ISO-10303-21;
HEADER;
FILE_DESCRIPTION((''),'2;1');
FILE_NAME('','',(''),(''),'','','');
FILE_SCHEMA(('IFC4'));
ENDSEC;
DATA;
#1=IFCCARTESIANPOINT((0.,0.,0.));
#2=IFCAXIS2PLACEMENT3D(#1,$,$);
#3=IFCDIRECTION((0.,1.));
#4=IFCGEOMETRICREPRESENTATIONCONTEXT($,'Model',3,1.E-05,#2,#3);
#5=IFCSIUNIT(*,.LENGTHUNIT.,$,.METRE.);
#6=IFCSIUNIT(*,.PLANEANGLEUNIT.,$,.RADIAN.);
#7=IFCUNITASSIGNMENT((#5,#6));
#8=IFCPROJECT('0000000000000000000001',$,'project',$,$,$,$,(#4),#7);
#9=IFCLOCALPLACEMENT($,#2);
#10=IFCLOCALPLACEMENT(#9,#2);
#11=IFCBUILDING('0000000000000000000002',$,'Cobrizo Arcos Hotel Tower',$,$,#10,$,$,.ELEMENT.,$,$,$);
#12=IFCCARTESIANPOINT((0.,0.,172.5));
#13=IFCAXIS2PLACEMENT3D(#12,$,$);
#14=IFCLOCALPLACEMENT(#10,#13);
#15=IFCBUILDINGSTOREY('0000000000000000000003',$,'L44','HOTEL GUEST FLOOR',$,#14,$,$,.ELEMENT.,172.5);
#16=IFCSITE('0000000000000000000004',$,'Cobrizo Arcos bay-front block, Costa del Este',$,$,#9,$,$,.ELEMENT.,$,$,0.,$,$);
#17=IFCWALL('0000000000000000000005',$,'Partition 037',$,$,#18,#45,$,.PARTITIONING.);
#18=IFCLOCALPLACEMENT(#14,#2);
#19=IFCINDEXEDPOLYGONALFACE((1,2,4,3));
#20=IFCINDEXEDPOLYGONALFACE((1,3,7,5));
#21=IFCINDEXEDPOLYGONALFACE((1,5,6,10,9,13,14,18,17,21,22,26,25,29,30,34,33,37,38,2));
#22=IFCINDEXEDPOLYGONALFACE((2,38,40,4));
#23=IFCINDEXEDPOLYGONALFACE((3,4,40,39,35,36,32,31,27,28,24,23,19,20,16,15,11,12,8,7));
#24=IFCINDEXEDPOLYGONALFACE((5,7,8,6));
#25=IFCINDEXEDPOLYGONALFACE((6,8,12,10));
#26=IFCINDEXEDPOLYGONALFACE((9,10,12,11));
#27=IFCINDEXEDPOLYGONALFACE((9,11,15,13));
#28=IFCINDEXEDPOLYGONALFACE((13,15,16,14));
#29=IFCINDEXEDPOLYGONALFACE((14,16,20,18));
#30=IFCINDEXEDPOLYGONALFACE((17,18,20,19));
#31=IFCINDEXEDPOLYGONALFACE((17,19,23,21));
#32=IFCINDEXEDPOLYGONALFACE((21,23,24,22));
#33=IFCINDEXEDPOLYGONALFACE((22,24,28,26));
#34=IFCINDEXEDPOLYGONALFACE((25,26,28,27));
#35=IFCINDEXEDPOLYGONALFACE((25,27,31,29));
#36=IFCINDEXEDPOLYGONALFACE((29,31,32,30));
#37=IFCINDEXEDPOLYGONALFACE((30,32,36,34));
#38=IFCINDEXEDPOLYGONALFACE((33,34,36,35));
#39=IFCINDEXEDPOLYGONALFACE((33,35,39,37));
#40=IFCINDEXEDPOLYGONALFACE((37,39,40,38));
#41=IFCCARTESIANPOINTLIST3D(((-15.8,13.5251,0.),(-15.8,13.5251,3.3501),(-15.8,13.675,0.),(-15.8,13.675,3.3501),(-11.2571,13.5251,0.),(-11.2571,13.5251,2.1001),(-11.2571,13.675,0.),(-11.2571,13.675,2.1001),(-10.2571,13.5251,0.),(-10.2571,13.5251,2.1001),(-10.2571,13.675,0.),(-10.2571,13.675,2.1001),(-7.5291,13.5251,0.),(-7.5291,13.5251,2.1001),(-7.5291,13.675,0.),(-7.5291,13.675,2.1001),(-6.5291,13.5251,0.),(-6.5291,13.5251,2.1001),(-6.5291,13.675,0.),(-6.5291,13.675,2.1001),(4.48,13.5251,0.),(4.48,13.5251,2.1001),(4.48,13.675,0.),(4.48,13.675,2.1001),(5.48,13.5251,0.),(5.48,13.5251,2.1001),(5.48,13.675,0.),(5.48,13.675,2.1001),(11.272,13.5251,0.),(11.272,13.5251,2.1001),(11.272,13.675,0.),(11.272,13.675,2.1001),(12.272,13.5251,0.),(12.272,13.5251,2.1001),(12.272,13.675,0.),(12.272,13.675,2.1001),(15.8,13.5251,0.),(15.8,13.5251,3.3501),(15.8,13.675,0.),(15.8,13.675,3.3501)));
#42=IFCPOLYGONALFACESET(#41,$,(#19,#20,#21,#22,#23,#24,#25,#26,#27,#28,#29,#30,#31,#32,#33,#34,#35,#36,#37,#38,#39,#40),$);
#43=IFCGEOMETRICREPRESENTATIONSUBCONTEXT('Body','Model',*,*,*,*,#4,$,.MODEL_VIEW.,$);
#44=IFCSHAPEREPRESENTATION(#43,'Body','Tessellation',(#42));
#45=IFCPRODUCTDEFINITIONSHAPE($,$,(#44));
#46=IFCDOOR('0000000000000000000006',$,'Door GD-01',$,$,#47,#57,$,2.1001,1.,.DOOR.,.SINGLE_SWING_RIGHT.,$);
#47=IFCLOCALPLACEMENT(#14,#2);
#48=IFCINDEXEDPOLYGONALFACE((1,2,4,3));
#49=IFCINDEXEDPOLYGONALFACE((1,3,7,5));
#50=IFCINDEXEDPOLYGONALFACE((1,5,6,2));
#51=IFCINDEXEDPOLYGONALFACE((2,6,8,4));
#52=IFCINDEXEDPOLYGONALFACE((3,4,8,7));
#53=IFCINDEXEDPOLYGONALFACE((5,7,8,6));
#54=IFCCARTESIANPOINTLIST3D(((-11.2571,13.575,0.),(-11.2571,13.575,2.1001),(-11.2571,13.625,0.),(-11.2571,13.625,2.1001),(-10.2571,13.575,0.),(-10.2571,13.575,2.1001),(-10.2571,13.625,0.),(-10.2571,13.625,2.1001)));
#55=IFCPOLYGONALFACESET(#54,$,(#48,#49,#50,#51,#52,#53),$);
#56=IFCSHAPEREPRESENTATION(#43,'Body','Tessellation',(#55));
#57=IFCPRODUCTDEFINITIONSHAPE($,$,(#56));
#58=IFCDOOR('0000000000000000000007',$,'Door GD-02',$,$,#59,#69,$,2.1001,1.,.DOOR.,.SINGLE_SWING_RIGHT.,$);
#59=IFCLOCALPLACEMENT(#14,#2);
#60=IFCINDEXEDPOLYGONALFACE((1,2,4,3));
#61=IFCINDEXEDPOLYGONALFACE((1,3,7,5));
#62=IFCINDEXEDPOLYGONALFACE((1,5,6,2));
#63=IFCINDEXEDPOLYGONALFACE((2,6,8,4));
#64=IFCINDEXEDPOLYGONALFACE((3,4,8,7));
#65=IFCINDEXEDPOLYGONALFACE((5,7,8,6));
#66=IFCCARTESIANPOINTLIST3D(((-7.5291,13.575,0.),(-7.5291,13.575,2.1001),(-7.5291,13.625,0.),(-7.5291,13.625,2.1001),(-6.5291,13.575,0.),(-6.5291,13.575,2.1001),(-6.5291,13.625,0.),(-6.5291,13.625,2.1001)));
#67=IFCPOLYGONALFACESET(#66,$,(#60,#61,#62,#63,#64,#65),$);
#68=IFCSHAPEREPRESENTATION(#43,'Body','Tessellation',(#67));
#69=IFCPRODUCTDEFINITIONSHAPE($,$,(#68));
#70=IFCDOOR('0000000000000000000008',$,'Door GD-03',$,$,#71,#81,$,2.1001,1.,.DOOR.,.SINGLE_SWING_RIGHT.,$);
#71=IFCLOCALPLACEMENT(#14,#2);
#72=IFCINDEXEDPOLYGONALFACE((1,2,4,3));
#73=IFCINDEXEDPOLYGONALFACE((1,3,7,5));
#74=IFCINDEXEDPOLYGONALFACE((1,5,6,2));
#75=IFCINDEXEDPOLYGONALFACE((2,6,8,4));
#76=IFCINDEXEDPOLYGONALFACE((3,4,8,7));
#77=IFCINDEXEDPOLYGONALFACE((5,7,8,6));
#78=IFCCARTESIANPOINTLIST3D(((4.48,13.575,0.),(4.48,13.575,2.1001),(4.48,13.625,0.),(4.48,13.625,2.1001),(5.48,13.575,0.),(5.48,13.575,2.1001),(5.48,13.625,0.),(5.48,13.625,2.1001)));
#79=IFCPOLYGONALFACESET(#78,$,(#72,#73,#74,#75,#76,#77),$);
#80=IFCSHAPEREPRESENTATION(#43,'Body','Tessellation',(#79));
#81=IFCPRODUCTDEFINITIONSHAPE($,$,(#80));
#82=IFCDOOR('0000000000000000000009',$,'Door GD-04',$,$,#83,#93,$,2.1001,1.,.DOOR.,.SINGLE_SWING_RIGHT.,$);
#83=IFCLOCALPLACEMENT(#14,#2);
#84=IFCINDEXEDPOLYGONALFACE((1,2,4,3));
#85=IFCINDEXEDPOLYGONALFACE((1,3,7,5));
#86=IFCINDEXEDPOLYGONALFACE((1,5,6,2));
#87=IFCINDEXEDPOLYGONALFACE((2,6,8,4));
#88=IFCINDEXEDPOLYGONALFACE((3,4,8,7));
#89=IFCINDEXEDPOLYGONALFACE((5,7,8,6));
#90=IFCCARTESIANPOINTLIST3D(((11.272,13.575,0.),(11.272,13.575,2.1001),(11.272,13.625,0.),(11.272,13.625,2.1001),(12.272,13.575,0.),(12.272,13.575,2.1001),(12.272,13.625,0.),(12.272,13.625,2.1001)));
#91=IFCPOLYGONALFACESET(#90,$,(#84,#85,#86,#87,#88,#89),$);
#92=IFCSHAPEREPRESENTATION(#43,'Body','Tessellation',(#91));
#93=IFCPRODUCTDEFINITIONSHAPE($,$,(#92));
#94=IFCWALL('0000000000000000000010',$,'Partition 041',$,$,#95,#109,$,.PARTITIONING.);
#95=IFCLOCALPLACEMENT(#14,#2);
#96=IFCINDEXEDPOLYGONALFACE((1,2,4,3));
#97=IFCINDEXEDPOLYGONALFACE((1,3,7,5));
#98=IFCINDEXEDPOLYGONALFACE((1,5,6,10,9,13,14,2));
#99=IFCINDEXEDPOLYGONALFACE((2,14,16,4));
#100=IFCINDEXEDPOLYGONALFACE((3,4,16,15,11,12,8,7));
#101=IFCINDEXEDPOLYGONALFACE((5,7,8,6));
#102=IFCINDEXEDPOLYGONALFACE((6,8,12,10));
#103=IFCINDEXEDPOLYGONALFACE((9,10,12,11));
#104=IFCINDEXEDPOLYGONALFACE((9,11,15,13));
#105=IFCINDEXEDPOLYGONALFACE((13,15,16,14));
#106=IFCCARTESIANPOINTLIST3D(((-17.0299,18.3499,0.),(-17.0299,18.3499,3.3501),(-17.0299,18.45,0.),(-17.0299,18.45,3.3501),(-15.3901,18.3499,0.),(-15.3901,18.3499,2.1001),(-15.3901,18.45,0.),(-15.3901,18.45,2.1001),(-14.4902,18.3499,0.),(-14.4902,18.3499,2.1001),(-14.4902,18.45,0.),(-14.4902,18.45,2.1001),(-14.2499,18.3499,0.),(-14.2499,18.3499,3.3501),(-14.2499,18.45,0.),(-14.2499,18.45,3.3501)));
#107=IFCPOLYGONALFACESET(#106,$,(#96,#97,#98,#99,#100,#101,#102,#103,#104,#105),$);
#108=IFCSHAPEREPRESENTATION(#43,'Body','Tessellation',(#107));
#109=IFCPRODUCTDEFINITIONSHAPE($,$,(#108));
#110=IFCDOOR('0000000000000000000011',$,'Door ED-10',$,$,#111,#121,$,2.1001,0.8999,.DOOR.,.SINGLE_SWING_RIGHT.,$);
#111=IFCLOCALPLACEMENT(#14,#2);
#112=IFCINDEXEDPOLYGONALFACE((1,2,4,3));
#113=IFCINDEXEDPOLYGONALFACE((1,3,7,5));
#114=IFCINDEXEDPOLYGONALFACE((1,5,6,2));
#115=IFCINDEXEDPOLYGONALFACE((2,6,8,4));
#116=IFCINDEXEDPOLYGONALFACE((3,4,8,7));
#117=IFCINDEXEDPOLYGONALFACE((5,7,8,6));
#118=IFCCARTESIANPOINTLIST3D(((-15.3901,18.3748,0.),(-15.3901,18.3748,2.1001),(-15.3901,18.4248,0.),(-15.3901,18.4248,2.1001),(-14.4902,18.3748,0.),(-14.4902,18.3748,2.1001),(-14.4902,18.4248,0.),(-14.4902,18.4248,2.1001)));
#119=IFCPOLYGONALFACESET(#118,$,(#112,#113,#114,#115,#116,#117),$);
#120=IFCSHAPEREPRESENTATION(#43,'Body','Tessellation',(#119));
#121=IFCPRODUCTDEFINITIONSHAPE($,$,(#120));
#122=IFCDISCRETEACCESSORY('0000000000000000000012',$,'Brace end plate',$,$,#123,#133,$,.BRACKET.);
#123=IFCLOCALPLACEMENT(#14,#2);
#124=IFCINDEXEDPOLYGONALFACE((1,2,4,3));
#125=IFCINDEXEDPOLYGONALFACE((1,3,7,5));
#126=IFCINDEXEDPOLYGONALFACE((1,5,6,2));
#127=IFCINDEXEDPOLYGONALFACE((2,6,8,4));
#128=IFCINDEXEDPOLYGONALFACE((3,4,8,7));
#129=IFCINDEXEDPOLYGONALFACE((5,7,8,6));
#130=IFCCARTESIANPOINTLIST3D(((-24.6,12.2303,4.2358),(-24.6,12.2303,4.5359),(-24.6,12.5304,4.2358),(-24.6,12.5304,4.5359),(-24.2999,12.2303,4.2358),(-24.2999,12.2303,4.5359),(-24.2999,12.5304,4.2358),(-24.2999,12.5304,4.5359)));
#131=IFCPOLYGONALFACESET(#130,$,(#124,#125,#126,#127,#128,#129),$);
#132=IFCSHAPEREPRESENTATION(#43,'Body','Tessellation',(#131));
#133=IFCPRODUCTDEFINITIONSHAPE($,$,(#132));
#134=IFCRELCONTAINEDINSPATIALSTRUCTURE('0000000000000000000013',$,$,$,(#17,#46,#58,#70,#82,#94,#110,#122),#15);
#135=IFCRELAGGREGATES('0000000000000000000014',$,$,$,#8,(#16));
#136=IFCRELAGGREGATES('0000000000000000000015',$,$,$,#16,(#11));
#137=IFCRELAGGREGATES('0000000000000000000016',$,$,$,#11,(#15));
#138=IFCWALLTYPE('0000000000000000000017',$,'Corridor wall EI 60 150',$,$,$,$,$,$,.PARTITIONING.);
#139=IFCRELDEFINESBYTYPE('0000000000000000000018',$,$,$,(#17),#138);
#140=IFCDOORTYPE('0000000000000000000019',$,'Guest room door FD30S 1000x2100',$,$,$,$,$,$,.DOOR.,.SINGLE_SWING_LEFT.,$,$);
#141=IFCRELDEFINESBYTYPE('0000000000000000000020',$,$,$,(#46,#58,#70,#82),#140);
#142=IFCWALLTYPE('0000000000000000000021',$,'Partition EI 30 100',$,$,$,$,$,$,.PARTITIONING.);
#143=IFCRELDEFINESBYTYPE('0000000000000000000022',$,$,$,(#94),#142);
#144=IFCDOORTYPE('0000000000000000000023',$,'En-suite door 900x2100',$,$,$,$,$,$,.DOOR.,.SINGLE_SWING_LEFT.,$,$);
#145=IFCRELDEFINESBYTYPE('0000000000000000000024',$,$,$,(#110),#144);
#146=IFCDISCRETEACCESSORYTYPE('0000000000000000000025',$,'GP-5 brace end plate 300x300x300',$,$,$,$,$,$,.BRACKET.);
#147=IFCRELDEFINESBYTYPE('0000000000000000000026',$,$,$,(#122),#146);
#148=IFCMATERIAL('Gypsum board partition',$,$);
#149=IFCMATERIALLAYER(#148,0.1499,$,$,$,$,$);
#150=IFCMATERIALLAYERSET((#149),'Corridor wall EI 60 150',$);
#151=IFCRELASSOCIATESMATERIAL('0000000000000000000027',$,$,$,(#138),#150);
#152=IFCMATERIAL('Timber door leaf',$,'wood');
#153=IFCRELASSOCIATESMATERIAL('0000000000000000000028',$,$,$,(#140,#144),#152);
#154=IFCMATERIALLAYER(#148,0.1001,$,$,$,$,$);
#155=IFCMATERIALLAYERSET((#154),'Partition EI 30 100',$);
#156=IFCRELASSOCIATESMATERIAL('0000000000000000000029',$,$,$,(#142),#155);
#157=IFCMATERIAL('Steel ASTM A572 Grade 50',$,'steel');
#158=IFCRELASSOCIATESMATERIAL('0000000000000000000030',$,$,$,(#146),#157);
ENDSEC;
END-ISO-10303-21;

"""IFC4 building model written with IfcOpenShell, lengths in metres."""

from ifc_helpers import new_model, si_unit, direction, frame, frame_2d, origin, origin_2d, place, context, subcontext, project, spatial, rectangle, extrude, material, layer, layer_set, type_object, element, fill, save


model = new_model("IFC4")

# Units and contexts
model_context = context("Model", 3, precision=1e-05, world=origin(), true_north=direction((0.0, 1.0)))
body_context = subcontext(model_context, "Body", "Model", "MODEL_VIEW")
ifc_project = project(units=[si_unit("LENGTHUNIT", "METRE"), si_unit("PLANEANGLEUNIT", "RADIAN")], contexts=[model_context])

# Site, building, storey
site_placement = place(None, origin())
site = spatial("IfcSite", under=ifc_project, at=site_placement, Name="Cobrizo Arcos bay-front block, Costa del Este", CompositionType="ELEMENT", RefElevation=0.0)
building_placement = place(site_placement, origin())
building = spatial("IfcBuilding", under=site, at=building_placement, Name="Cobrizo Arcos Hotel Tower", CompositionType="ELEMENT")
storey_placement = place(building_placement, frame((0.0, 0.0, 172.5)))
storey = spatial("IfcBuildingStorey", under=building, at=storey_placement, Name="L44", Description="HOTEL GUEST FLOOR", CompositionType="ELEMENT", Elevation=172.5)

# Shared definitions
ifc_material_1 = material(Name="Steel ASTM A572 Grade 50", Category="steel")

# Wall, openings, doors
ifc_material_2 = material(Name="Gypsum board partition")
ifc_layer_1 = layer(ifc_material_2, 0.1499)
ifc_layer_set_1 = layer_set([ifc_layer_1], Name="Corridor wall EI 60 150")
wall_type_1 = type_object("IfcWallType", Name="Corridor wall EI 60 150", PredefinedType="PARTITIONING", material=ifc_layer_set_1)
wall_1_placement = place(storey_placement, frame((-15.8, 13.6001, 0.0), z_axis=(0.0, 0.0, 1.0), x_axis=(1.0, 0.0, 0.0)))
wall_1 = element("IfcWall", 1, at=wall_1_placement, inside=storey, type_object=wall_type_1, Name="Partition 037", PredefinedType="PARTITIONING", context=body_context, shape_type="SweptSolid", body=[
    extrude(rectangle(XDim=31.6001, YDim=0.1499, at=frame_2d((15.8, 0.0))), origin(), (0.0, 0.0, 1.0), 3.3501),
])
opening_1_placement = place(wall_1_placement, frame((4.543, 0.0, 0.0)))
opening_1 = element("IfcOpeningElement", 2, at=opening_1_placement, cuts=wall_1, PredefinedType="OPENING", context=body_context, shape_type="SweptSolid", body=[
    extrude(rectangle(XDim=1.0, YDim=2.1001, at=frame_2d((0.5, 1.05))), frame((0.0, 0.0869, 0.0), z_axis=(0.0, -1.0, 0.0), x_axis=(1.0, 0.0, 0.0)), (0.0, 0.0, 1.0), 0.1738),
])
opening_2_placement = place(wall_1_placement, frame((8.271, 0.0, 0.0)))
opening_2 = element("IfcOpeningElement", 3, at=opening_2_placement, cuts=wall_1, PredefinedType="OPENING", context=body_context, shape_type="SweptSolid", body=[
    extrude(rectangle(XDim=1.0, YDim=2.1001, at=frame_2d((0.5, 1.05))), frame((0.0, 0.0869, 0.0), z_axis=(0.0, -1.0, 0.0), x_axis=(1.0, 0.0, 0.0)), (0.0, 0.0, 1.0), 0.1738),
])
opening_3_placement = place(wall_1_placement, frame((20.28, 0.0, 0.0)))
opening_3 = element("IfcOpeningElement", 4, at=opening_3_placement, cuts=wall_1, PredefinedType="OPENING", context=body_context, shape_type="SweptSolid", body=[
    extrude(rectangle(XDim=1.0, YDim=2.1001, at=frame_2d((0.5, 1.05))), frame((0.0, 0.0869, 0.0), z_axis=(0.0, -1.0, 0.0), x_axis=(1.0, 0.0, 0.0)), (0.0, 0.0, 1.0), 0.1738),
])
opening_4_placement = place(wall_1_placement, frame((27.072, 0.0, 0.0)))
opening_4 = element("IfcOpeningElement", 5, at=opening_4_placement, cuts=wall_1, PredefinedType="OPENING", context=body_context, shape_type="SweptSolid", body=[
    extrude(rectangle(XDim=1.0, YDim=2.1001, at=frame_2d((0.5, 1.05))), frame((0.0, 0.0869, 0.0), z_axis=(0.0, -1.0, 0.0), x_axis=(1.0, 0.0, 0.0)), (0.0, 0.0, 1.0), 0.1738),
])
ifc_material_3 = material(Name="Timber door leaf", Category="wood")
door_type_1 = type_object("IfcDoorType", Name="Guest room door FD30S 1000x2100", OperationType="SINGLE_SWING_LEFT", PredefinedType="DOOR", material=ifc_material_3)
door_1_placement = place(opening_1_placement, origin())
door_1 = element("IfcDoor", 6, at=door_1_placement, inside=storey, type_object=door_type_1, Name="Door GD-01", OperationType="SINGLE_SWING_RIGHT", OverallHeight=2.1001, OverallWidth=1.0, PredefinedType="DOOR", context=body_context, shape_type="SweptSolid", body=[
    extrude(rectangle(XDim=1.0, YDim=2.1001, at=frame_2d((0.5, 1.05))), frame((0.0, 0.0249, 0.0), z_axis=(0.0, -1.0, 0.0), x_axis=(1.0, 0.0, 0.0)), (0.0, 0.0, 1.0), 0.05),
])
fill(opening_1, door_1)
door_2_placement = place(opening_2_placement, origin())
door_2 = element("IfcDoor", 7, at=door_2_placement, inside=storey, type_object=door_type_1, Name="Door GD-02", OperationType="SINGLE_SWING_RIGHT", OverallHeight=2.1001, OverallWidth=1.0, PredefinedType="DOOR", context=body_context, shape_type="SweptSolid", body=[
    extrude(rectangle(XDim=1.0, YDim=2.1001, at=frame_2d((0.5, 1.05))), frame((0.0, 0.0249, 0.0), z_axis=(0.0, -1.0, 0.0), x_axis=(1.0, 0.0, 0.0)), (0.0, 0.0, 1.0), 0.05),
])
fill(opening_2, door_2)
door_3_placement = place(opening_3_placement, origin())
door_3 = element("IfcDoor", 8, at=door_3_placement, inside=storey, type_object=door_type_1, Name="Door GD-03", OperationType="SINGLE_SWING_RIGHT", OverallHeight=2.1001, OverallWidth=1.0, PredefinedType="DOOR", context=body_context, shape_type="SweptSolid", body=[
    extrude(rectangle(XDim=1.0, YDim=2.1001, at=frame_2d((0.5, 1.05))), frame((0.0, 0.0249, 0.0), z_axis=(0.0, -1.0, 0.0), x_axis=(1.0, 0.0, 0.0)), (0.0, 0.0, 1.0), 0.05),
])
fill(opening_3, door_3)
door_4_placement = place(opening_4_placement, origin())
door_4 = element("IfcDoor", 9, at=door_4_placement, inside=storey, type_object=door_type_1, Name="Door GD-04", OperationType="SINGLE_SWING_RIGHT", OverallHeight=2.1001, OverallWidth=1.0, PredefinedType="DOOR", context=body_context, shape_type="SweptSolid", body=[
    extrude(rectangle(XDim=1.0, YDim=2.1001, at=frame_2d((0.5, 1.05))), frame((0.0, 0.0249, 0.0), z_axis=(0.0, -1.0, 0.0), x_axis=(1.0, 0.0, 0.0)), (0.0, 0.0, 1.0), 0.05),
])
fill(opening_4, door_4)

# Wall, opening, door
ifc_layer_2 = layer(ifc_material_2, 0.1001)
ifc_layer_set_2 = layer_set([ifc_layer_2], Name="Partition EI 30 100")
wall_type_2 = type_object("IfcWallType", Name="Partition EI 30 100", PredefinedType="PARTITIONING", material=ifc_layer_set_2)
wall_2_placement = place(storey_placement, frame((-17.03, 18.3999, 0.0), z_axis=(0.0, 0.0, 1.0), x_axis=(1.0, 0.0, 0.0)))
wall_2 = element("IfcWall", 10, at=wall_2_placement, inside=storey, type_object=wall_type_2, Name="Partition 041", PredefinedType="PARTITIONING", context=body_context, shape_type="SweptSolid", body=[
    extrude(rectangle(XDim=2.78, YDim=0.1001, at=frame_2d((1.3901, 0.0))), origin(), (0.0, 0.0, 1.0), 3.3501),
])
opening_5_placement = place(wall_2_placement, frame((1.6399, 0.0, 0.0)))
opening_5 = element("IfcOpeningElement", 11, at=opening_5_placement, cuts=wall_2, PredefinedType="OPENING", context=body_context, shape_type="SweptSolid", body=[
    extrude(rectangle(XDim=0.8999, YDim=2.1001, at=frame_2d((0.45, 1.05))), frame((0.0, 0.062, 0.0), z_axis=(0.0, -1.0, 0.0), x_axis=(1.0, 0.0, 0.0)), (0.0, 0.0, 1.0), 0.124),
])
door_type_2 = type_object("IfcDoorType", Name="En-suite door 900x2100", OperationType="SINGLE_SWING_LEFT", PredefinedType="DOOR", material=ifc_material_3)
door_5_placement = place(opening_5_placement, origin())
door_5 = element("IfcDoor", 12, at=door_5_placement, inside=storey, type_object=door_type_2, Name="Door ED-10", OperationType="SINGLE_SWING_RIGHT", OverallHeight=2.1001, OverallWidth=0.8999, PredefinedType="DOOR", context=body_context, shape_type="SweptSolid", body=[
    extrude(rectangle(XDim=0.8999, YDim=2.1001, at=frame_2d((0.45, 1.05))), frame((0.0, 0.0249, 0.0), z_axis=(0.0, -1.0, 0.0), x_axis=(1.0, 0.0, 0.0)), (0.0, 0.0, 1.0), 0.05),
])
fill(opening_5, door_5)

# Discrete accessory
discrete_accessory_type = type_object("IfcDiscreteAccessoryType", Name="GP-5 brace end plate 300x300x300", PredefinedType="BRACKET", material=ifc_material_1)
discrete_accessory_placement = place(storey_placement, frame((-24.45, 12.3804, 4.2358), z_axis=(0.0, 0.0, 1.0), x_axis=(1.0, 0.0, 0.0)))
element("IfcDiscreteAccessory", 13, at=discrete_accessory_placement, inside=storey, type_object=discrete_accessory_type, Name="Brace end plate", PredefinedType="BRACKET", context=body_context, shape_type="SweptSolid", body=[
    extrude(rectangle(XDim=0.3, YDim=0.3, at=origin_2d()), origin(), (0.0, 0.0, 1.0), 0.3),
])

save(model, "model.ifc")
